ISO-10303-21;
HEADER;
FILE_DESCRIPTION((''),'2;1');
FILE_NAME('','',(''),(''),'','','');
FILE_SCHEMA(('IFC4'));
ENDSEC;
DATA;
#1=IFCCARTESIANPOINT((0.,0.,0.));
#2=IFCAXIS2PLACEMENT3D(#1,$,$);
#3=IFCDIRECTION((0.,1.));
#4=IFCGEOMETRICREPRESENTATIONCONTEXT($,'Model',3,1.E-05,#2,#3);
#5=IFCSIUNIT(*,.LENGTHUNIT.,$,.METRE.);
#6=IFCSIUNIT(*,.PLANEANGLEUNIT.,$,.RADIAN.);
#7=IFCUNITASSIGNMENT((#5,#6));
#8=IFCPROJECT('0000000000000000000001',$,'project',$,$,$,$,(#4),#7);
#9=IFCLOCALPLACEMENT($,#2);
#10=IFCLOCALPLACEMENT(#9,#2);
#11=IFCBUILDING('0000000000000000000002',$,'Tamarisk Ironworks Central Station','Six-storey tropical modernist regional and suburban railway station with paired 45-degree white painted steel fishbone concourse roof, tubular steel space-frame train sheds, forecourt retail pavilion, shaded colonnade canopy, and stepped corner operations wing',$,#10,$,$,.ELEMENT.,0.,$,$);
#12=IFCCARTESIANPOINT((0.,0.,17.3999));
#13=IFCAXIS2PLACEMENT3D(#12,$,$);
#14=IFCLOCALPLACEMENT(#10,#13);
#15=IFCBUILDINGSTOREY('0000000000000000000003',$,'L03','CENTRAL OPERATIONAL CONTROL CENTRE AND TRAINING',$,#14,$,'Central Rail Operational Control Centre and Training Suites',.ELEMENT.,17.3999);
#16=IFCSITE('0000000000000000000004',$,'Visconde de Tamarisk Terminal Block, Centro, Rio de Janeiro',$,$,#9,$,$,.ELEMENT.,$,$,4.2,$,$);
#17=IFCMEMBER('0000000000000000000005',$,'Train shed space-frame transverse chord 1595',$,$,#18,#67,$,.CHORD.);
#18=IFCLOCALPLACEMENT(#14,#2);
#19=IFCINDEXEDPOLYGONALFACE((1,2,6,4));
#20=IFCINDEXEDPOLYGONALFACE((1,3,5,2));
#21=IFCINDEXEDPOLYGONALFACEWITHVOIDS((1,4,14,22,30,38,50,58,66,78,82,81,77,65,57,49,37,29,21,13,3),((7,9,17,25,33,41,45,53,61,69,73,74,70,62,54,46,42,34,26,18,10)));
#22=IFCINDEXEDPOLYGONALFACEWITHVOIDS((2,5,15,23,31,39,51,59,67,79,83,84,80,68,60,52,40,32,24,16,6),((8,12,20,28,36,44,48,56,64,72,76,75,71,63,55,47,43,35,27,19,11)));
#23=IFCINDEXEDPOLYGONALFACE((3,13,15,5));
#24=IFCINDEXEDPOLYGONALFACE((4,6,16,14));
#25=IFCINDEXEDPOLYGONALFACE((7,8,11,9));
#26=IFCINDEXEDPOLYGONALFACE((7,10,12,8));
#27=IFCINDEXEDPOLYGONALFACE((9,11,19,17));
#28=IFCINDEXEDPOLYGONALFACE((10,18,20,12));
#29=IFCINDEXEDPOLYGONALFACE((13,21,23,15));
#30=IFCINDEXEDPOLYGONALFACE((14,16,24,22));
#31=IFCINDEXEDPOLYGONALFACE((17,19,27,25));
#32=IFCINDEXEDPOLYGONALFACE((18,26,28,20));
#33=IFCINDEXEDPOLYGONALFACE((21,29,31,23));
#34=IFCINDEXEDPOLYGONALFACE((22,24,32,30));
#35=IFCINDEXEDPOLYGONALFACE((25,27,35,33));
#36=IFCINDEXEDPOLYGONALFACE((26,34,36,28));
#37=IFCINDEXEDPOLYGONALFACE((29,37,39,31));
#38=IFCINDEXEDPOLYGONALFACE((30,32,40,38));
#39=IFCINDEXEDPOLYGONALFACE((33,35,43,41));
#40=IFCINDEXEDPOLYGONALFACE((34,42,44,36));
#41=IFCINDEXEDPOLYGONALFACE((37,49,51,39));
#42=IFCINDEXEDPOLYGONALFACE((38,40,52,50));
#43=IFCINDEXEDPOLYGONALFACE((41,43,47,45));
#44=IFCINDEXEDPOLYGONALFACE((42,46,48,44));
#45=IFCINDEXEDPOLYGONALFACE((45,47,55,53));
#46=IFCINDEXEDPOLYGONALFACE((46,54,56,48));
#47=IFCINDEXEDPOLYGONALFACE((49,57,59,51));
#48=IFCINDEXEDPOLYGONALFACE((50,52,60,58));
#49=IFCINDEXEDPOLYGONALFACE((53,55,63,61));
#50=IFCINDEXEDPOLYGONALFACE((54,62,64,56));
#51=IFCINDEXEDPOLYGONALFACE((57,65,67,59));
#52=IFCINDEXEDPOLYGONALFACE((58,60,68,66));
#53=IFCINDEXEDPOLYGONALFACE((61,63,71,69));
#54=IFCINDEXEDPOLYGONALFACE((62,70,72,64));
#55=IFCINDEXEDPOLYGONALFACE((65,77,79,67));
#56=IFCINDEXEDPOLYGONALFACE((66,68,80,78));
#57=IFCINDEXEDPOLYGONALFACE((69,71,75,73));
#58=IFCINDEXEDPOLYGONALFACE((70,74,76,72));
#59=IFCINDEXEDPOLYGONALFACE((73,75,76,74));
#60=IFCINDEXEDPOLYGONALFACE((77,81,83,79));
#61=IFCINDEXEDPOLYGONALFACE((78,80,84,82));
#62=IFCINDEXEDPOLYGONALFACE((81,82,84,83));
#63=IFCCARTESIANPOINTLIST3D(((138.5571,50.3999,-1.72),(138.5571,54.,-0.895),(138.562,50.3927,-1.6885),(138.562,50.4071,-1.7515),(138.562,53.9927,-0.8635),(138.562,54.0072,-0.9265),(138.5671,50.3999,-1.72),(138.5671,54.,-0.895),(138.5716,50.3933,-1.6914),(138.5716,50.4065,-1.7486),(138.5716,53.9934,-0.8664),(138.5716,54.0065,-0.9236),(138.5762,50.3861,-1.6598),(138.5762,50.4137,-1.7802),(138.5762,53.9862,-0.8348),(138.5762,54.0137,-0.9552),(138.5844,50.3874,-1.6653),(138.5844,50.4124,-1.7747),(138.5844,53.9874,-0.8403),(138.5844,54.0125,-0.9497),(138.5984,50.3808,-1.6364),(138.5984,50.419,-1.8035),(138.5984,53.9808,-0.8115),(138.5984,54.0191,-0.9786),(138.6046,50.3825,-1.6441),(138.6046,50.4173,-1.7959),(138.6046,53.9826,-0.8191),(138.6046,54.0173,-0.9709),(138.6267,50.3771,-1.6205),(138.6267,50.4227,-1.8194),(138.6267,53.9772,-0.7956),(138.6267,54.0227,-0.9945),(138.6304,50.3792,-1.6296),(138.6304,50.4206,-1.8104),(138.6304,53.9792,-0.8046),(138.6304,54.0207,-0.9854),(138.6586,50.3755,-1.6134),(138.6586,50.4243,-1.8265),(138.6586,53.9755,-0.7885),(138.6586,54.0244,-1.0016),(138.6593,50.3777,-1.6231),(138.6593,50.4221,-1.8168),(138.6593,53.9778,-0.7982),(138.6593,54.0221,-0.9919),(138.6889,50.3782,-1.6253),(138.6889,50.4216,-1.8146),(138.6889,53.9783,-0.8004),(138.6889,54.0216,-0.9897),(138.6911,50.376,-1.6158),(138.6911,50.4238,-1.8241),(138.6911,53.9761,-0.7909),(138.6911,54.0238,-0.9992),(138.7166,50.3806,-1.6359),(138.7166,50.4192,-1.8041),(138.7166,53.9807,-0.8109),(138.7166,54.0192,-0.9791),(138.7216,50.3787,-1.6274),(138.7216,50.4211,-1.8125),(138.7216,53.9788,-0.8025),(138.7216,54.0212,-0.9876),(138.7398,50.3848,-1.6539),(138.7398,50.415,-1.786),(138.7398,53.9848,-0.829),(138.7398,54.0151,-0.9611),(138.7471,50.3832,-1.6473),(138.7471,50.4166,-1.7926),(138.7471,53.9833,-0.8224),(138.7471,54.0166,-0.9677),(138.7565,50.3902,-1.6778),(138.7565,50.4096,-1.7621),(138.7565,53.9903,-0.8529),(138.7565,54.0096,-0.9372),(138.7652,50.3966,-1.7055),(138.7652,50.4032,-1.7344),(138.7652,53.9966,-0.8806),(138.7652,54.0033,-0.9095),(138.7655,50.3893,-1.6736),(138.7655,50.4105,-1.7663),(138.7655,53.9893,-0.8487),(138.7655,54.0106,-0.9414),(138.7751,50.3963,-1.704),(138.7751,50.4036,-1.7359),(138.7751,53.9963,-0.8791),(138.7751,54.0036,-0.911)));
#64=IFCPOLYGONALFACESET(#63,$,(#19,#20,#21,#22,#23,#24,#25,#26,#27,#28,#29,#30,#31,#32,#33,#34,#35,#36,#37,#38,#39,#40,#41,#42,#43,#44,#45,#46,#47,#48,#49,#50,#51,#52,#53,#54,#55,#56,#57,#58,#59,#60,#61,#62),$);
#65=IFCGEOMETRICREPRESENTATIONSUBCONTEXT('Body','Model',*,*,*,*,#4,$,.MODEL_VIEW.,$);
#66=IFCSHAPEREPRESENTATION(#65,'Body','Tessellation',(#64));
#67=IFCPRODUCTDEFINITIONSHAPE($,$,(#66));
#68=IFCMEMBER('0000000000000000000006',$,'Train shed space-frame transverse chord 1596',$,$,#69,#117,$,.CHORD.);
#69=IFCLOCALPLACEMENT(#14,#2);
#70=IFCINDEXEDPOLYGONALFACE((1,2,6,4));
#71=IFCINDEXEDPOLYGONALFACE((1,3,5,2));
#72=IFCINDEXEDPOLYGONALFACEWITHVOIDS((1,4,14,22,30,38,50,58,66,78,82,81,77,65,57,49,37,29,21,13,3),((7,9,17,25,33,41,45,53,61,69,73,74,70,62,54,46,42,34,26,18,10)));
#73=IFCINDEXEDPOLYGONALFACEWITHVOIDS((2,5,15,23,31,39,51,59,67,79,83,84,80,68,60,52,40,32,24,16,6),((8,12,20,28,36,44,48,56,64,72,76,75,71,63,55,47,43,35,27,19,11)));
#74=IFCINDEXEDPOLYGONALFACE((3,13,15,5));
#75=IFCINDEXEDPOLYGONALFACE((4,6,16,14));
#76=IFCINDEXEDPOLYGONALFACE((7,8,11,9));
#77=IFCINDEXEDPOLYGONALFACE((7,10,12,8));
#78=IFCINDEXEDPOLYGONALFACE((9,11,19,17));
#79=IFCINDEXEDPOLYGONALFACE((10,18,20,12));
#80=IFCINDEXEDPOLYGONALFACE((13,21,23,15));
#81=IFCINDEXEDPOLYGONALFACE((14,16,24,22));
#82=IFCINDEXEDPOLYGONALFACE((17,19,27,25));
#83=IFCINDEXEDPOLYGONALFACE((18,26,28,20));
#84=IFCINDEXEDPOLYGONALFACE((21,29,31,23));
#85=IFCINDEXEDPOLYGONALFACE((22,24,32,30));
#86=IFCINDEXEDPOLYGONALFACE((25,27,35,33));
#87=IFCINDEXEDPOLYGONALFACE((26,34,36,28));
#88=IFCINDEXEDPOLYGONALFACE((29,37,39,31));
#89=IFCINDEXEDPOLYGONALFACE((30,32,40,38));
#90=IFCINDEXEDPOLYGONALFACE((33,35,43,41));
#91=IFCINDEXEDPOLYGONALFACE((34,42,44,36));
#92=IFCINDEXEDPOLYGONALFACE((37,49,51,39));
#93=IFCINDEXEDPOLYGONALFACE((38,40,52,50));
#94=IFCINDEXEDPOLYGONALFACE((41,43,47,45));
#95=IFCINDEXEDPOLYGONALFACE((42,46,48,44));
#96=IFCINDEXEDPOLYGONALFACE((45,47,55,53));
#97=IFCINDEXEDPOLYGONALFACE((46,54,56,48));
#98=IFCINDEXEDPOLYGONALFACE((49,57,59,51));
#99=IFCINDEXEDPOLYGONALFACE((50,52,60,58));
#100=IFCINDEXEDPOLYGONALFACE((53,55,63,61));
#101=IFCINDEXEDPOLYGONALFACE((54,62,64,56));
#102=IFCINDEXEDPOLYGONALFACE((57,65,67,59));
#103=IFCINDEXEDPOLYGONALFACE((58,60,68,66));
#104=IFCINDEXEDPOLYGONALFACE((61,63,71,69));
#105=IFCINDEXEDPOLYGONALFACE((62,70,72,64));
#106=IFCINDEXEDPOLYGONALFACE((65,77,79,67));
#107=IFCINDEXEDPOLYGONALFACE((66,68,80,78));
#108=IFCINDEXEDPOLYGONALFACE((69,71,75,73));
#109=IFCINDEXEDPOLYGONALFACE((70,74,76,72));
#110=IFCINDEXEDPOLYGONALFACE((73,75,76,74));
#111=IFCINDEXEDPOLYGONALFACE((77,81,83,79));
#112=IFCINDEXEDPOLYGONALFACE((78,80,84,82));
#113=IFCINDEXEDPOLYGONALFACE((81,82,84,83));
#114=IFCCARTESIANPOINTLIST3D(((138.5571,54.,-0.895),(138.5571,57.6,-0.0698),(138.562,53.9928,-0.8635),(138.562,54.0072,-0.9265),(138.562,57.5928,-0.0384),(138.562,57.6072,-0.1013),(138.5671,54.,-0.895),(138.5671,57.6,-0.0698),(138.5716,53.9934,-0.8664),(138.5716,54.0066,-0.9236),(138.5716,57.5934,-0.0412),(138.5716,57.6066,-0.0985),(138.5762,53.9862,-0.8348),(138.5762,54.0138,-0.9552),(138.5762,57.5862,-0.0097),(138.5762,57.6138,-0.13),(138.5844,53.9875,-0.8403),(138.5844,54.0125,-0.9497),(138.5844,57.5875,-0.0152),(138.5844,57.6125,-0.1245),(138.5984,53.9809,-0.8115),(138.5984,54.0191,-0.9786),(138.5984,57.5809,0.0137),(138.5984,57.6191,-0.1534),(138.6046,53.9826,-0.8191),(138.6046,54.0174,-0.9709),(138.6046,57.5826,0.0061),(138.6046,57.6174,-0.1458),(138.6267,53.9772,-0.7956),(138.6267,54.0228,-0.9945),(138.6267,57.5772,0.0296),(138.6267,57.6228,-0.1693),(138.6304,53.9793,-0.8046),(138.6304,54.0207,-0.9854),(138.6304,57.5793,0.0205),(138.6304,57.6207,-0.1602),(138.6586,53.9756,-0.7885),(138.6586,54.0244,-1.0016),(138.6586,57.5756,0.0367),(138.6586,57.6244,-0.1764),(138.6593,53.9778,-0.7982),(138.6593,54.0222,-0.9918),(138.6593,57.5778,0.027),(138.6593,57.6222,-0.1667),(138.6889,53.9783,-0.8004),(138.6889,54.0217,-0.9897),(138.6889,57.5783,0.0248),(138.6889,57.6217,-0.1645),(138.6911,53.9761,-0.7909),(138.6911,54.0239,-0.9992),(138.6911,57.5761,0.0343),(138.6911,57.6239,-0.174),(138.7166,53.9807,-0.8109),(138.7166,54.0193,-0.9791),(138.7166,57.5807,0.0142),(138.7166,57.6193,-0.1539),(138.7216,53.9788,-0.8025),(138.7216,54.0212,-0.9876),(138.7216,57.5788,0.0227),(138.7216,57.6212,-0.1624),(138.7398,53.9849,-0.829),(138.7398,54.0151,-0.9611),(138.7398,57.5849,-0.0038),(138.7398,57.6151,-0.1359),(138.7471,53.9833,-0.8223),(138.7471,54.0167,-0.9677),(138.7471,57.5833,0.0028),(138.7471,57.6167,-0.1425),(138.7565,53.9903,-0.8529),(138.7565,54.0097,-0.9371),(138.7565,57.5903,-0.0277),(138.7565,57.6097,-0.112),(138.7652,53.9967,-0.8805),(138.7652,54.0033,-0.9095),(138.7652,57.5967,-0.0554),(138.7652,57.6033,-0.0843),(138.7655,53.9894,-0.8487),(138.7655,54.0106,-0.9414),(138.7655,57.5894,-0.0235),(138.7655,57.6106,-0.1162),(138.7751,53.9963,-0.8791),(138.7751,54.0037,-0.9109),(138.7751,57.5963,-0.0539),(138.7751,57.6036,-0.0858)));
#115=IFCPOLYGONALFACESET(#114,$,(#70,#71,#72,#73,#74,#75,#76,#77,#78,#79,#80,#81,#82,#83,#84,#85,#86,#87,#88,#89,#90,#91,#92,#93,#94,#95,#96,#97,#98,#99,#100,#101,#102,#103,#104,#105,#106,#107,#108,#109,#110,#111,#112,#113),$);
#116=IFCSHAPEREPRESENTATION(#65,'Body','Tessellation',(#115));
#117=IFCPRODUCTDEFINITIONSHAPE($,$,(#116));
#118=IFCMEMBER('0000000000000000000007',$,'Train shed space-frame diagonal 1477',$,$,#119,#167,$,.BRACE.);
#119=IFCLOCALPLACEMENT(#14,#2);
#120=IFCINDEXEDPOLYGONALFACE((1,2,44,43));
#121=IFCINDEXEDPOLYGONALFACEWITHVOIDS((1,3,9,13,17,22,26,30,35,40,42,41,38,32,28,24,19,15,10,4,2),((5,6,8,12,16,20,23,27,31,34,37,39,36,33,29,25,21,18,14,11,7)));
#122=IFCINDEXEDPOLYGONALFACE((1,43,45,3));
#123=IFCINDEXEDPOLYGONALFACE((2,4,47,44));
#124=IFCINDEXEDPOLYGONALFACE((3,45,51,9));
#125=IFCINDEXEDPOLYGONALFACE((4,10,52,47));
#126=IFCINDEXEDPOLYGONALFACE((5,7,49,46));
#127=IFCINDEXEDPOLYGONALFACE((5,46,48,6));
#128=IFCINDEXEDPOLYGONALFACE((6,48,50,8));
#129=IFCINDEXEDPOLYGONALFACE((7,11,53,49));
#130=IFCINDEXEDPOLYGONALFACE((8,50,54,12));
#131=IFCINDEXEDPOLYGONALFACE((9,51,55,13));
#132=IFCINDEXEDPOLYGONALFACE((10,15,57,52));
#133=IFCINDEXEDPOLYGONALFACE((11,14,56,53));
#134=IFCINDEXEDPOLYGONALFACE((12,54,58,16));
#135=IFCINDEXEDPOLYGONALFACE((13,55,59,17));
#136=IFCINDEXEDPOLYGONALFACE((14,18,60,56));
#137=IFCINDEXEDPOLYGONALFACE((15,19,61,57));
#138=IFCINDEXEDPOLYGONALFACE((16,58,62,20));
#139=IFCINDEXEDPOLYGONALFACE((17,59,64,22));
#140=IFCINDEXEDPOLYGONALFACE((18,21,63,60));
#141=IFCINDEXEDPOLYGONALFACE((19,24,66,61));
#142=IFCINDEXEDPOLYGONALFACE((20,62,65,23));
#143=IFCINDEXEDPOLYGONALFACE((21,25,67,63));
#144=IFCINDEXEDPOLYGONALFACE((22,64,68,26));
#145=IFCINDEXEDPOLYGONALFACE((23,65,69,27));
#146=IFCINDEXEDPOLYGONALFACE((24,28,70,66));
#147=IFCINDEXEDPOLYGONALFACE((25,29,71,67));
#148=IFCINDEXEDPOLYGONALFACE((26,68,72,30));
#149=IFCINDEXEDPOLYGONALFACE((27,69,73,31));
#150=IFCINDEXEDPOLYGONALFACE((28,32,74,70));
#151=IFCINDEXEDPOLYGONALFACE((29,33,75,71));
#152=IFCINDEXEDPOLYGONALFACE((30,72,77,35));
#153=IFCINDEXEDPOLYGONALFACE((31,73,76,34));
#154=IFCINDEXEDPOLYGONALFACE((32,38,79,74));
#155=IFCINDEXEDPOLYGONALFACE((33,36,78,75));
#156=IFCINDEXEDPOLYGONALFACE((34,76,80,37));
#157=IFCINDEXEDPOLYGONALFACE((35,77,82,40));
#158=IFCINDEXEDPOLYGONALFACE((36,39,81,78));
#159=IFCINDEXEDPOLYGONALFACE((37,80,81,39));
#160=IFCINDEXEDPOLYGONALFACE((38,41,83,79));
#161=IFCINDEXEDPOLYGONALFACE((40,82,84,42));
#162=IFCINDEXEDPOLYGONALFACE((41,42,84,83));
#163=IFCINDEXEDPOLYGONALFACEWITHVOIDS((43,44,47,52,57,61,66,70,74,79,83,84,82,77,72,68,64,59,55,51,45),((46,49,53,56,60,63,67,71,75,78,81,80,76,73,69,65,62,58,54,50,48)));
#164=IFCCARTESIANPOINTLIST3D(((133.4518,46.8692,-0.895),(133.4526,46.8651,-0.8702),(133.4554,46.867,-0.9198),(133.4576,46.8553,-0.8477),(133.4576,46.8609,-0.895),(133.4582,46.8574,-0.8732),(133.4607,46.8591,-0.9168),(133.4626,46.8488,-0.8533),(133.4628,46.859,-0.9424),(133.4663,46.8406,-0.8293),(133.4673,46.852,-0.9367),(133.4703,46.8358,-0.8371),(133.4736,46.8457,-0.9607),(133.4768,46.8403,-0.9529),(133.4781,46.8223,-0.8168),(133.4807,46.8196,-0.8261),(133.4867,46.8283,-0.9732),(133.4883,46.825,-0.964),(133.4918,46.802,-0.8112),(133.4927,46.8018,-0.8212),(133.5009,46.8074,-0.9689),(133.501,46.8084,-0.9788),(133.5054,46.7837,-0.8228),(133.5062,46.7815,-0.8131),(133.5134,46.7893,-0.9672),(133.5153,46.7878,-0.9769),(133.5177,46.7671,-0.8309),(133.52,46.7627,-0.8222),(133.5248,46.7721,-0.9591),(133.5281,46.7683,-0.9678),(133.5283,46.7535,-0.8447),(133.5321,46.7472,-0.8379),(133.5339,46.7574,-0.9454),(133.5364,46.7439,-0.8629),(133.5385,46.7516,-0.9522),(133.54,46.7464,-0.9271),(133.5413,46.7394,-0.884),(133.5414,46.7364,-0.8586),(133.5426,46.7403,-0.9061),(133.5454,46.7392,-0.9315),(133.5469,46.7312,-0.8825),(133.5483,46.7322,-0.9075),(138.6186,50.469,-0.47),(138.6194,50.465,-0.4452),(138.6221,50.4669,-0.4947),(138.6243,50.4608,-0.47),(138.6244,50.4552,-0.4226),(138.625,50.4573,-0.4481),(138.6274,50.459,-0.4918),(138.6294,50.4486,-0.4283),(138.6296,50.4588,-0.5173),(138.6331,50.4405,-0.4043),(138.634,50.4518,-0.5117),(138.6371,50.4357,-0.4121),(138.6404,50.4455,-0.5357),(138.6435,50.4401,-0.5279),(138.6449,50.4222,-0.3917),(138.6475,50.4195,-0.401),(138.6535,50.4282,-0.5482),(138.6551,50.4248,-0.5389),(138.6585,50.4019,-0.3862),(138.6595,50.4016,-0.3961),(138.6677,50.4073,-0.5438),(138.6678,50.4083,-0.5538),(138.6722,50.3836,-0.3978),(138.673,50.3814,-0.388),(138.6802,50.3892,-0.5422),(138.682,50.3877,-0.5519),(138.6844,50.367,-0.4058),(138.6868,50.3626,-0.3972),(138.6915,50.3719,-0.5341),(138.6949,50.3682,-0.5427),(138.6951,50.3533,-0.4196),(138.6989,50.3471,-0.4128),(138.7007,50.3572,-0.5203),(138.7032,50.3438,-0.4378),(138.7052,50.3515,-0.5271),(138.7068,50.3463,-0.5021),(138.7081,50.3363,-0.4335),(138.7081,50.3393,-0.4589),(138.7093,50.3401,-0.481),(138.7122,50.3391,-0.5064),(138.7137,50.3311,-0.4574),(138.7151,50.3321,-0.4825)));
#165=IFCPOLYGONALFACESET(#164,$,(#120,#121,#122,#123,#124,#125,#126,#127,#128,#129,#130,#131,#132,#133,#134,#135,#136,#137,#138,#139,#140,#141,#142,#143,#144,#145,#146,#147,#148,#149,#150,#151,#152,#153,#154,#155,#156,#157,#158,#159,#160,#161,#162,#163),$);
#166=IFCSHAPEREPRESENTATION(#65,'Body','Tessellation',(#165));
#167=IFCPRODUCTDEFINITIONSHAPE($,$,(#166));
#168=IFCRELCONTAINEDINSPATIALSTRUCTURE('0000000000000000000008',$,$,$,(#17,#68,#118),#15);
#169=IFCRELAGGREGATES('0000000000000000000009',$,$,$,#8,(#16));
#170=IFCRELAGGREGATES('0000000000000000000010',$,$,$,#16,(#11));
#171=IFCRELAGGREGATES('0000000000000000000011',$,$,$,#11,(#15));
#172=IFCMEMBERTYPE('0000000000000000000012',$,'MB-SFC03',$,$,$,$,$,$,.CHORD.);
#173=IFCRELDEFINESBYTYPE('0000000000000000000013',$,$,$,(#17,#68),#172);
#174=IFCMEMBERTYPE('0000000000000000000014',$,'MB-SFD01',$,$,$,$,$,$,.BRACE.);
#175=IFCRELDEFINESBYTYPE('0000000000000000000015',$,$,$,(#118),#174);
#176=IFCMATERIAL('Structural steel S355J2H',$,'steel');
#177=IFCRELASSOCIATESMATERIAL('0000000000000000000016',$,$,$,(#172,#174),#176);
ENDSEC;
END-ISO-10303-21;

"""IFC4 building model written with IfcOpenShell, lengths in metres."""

from ifc_helpers import new_model, si_unit, direction, frame, origin, origin_2d, place, context, subcontext, project, spatial, hollow_circle, extrude, material, material_profile, profile_set, type_object, element, save


model = new_model("IFC4")

# Units and contexts
model_context = context("Model", 3, precision=1e-05, world=origin(), true_north=direction((0.0, 1.0)))
body_context = subcontext(model_context, "Body", "Model", "MODEL_VIEW")
ifc_project = project(units=[si_unit("LENGTHUNIT", "METRE"), si_unit("PLANEANGLEUNIT", "RADIAN")], contexts=[model_context])

# Site, building, storey
site_placement = place(None, origin())
site = spatial("IfcSite", under=ifc_project, at=site_placement, Name="Visconde de Tamarisk Terminal Block, Centro, Rio de Janeiro", CompositionType="ELEMENT", RefElevation=4.2)
building_placement = place(site_placement, origin())
building = spatial("IfcBuilding", under=site, at=building_placement, Name="Tamarisk Ironworks Central Station", Description="Six-storey tropical modernist regional and suburban railway station with paired 45-degree white painted steel fishbone concourse roof, tubular steel space-frame train sheds, forecourt retail pavilion, shaded colonnade canopy, and stepped corner operations wing", CompositionType="ELEMENT", ElevationOfRefHeight=0.0)
storey_placement = place(building_placement, frame((0.0, 0.0, 17.3999)))
storey = spatial("IfcBuildingStorey", under=building, at=storey_placement, Name="L03", Description="CENTRAL OPERATIONAL CONTROL CENTRE AND TRAINING", LongName="Central Rail Operational Control Centre and Training Suites", CompositionType="ELEMENT", Elevation=17.3999)

# Members
ifc_material = material(Name="Structural steel S355J2H", Category="steel")
ifc_material_profile_1 = material_profile(ifc_material, hollow_circle(Radius=0.1096, WallThickness=0.01, at=origin_2d()), Name="CHS 219.1x10")
ifc_profile_set_1 = profile_set([ifc_material_profile_1], Name="Structural steel S355J2H")
member_type_1 = type_object("IfcMemberType", Name="MB-SFC03", PredefinedType="CHORD", material=ifc_profile_set_1)
for number, where, z_axis, x_axis, name in (
    (1, (138.6667, 50.3999, -1.72), (0.0, 0.974737, 0.223358), (-1.0, 0.0, 0.0), "Train shed space-frame transverse chord 1595"),
    (2, (138.6667, 54.0, -0.895), (0.0, 0.974722, 0.223421), (-1.0, 0.0, 0.0), "Train shed space-frame transverse chord 1596"),
):
    element("IfcMember", number, at=place(storey_placement, frame(where, z_axis=z_axis, x_axis=x_axis)), inside=storey, type_object=member_type_1, Name=name, PredefinedType="CHORD", context=body_context, shape_type="SweptSolid", body=[
        extrude(hollow_circle(Radius=0.1096, WallThickness=0.01, at=origin_2d()), origin(), (0.0, 0.0, 1.0), 3.6934),
    ])
ifc_material_profile_2 = material_profile(ifc_material, hollow_circle(Radius=0.0842, WallThickness=0.01, at=origin_2d()), Name="CHS 168.3x10")
ifc_profile_set_2 = profile_set([ifc_material_profile_2], Name="Structural steel S355J2H")
member_type_2 = type_object("IfcMemberType", Name="MB-SFD01", PredefinedType="BRACE", material=ifc_profile_set_2)
member_1_placement = place(storey_placement, frame((133.5, 46.8, -0.895), z_axis=(0.818626, 0.570365, 0.067345), x_axis=(-0.571663, 0.820489, 0.0)))
element("IfcMember", 3, at=member_1_placement, inside=storey, type_object=member_type_2, Name="Train shed space-frame diagonal 1477", PredefinedType="BRACE", context=body_context, shape_type="SweptSolid", body=[
    extrude(hollow_circle(Radius=0.0842, WallThickness=0.01, at=origin_2d()), origin(), (0.0, 0.0, 1.0), 6.3115),
])

save(model, "model.ifc")
